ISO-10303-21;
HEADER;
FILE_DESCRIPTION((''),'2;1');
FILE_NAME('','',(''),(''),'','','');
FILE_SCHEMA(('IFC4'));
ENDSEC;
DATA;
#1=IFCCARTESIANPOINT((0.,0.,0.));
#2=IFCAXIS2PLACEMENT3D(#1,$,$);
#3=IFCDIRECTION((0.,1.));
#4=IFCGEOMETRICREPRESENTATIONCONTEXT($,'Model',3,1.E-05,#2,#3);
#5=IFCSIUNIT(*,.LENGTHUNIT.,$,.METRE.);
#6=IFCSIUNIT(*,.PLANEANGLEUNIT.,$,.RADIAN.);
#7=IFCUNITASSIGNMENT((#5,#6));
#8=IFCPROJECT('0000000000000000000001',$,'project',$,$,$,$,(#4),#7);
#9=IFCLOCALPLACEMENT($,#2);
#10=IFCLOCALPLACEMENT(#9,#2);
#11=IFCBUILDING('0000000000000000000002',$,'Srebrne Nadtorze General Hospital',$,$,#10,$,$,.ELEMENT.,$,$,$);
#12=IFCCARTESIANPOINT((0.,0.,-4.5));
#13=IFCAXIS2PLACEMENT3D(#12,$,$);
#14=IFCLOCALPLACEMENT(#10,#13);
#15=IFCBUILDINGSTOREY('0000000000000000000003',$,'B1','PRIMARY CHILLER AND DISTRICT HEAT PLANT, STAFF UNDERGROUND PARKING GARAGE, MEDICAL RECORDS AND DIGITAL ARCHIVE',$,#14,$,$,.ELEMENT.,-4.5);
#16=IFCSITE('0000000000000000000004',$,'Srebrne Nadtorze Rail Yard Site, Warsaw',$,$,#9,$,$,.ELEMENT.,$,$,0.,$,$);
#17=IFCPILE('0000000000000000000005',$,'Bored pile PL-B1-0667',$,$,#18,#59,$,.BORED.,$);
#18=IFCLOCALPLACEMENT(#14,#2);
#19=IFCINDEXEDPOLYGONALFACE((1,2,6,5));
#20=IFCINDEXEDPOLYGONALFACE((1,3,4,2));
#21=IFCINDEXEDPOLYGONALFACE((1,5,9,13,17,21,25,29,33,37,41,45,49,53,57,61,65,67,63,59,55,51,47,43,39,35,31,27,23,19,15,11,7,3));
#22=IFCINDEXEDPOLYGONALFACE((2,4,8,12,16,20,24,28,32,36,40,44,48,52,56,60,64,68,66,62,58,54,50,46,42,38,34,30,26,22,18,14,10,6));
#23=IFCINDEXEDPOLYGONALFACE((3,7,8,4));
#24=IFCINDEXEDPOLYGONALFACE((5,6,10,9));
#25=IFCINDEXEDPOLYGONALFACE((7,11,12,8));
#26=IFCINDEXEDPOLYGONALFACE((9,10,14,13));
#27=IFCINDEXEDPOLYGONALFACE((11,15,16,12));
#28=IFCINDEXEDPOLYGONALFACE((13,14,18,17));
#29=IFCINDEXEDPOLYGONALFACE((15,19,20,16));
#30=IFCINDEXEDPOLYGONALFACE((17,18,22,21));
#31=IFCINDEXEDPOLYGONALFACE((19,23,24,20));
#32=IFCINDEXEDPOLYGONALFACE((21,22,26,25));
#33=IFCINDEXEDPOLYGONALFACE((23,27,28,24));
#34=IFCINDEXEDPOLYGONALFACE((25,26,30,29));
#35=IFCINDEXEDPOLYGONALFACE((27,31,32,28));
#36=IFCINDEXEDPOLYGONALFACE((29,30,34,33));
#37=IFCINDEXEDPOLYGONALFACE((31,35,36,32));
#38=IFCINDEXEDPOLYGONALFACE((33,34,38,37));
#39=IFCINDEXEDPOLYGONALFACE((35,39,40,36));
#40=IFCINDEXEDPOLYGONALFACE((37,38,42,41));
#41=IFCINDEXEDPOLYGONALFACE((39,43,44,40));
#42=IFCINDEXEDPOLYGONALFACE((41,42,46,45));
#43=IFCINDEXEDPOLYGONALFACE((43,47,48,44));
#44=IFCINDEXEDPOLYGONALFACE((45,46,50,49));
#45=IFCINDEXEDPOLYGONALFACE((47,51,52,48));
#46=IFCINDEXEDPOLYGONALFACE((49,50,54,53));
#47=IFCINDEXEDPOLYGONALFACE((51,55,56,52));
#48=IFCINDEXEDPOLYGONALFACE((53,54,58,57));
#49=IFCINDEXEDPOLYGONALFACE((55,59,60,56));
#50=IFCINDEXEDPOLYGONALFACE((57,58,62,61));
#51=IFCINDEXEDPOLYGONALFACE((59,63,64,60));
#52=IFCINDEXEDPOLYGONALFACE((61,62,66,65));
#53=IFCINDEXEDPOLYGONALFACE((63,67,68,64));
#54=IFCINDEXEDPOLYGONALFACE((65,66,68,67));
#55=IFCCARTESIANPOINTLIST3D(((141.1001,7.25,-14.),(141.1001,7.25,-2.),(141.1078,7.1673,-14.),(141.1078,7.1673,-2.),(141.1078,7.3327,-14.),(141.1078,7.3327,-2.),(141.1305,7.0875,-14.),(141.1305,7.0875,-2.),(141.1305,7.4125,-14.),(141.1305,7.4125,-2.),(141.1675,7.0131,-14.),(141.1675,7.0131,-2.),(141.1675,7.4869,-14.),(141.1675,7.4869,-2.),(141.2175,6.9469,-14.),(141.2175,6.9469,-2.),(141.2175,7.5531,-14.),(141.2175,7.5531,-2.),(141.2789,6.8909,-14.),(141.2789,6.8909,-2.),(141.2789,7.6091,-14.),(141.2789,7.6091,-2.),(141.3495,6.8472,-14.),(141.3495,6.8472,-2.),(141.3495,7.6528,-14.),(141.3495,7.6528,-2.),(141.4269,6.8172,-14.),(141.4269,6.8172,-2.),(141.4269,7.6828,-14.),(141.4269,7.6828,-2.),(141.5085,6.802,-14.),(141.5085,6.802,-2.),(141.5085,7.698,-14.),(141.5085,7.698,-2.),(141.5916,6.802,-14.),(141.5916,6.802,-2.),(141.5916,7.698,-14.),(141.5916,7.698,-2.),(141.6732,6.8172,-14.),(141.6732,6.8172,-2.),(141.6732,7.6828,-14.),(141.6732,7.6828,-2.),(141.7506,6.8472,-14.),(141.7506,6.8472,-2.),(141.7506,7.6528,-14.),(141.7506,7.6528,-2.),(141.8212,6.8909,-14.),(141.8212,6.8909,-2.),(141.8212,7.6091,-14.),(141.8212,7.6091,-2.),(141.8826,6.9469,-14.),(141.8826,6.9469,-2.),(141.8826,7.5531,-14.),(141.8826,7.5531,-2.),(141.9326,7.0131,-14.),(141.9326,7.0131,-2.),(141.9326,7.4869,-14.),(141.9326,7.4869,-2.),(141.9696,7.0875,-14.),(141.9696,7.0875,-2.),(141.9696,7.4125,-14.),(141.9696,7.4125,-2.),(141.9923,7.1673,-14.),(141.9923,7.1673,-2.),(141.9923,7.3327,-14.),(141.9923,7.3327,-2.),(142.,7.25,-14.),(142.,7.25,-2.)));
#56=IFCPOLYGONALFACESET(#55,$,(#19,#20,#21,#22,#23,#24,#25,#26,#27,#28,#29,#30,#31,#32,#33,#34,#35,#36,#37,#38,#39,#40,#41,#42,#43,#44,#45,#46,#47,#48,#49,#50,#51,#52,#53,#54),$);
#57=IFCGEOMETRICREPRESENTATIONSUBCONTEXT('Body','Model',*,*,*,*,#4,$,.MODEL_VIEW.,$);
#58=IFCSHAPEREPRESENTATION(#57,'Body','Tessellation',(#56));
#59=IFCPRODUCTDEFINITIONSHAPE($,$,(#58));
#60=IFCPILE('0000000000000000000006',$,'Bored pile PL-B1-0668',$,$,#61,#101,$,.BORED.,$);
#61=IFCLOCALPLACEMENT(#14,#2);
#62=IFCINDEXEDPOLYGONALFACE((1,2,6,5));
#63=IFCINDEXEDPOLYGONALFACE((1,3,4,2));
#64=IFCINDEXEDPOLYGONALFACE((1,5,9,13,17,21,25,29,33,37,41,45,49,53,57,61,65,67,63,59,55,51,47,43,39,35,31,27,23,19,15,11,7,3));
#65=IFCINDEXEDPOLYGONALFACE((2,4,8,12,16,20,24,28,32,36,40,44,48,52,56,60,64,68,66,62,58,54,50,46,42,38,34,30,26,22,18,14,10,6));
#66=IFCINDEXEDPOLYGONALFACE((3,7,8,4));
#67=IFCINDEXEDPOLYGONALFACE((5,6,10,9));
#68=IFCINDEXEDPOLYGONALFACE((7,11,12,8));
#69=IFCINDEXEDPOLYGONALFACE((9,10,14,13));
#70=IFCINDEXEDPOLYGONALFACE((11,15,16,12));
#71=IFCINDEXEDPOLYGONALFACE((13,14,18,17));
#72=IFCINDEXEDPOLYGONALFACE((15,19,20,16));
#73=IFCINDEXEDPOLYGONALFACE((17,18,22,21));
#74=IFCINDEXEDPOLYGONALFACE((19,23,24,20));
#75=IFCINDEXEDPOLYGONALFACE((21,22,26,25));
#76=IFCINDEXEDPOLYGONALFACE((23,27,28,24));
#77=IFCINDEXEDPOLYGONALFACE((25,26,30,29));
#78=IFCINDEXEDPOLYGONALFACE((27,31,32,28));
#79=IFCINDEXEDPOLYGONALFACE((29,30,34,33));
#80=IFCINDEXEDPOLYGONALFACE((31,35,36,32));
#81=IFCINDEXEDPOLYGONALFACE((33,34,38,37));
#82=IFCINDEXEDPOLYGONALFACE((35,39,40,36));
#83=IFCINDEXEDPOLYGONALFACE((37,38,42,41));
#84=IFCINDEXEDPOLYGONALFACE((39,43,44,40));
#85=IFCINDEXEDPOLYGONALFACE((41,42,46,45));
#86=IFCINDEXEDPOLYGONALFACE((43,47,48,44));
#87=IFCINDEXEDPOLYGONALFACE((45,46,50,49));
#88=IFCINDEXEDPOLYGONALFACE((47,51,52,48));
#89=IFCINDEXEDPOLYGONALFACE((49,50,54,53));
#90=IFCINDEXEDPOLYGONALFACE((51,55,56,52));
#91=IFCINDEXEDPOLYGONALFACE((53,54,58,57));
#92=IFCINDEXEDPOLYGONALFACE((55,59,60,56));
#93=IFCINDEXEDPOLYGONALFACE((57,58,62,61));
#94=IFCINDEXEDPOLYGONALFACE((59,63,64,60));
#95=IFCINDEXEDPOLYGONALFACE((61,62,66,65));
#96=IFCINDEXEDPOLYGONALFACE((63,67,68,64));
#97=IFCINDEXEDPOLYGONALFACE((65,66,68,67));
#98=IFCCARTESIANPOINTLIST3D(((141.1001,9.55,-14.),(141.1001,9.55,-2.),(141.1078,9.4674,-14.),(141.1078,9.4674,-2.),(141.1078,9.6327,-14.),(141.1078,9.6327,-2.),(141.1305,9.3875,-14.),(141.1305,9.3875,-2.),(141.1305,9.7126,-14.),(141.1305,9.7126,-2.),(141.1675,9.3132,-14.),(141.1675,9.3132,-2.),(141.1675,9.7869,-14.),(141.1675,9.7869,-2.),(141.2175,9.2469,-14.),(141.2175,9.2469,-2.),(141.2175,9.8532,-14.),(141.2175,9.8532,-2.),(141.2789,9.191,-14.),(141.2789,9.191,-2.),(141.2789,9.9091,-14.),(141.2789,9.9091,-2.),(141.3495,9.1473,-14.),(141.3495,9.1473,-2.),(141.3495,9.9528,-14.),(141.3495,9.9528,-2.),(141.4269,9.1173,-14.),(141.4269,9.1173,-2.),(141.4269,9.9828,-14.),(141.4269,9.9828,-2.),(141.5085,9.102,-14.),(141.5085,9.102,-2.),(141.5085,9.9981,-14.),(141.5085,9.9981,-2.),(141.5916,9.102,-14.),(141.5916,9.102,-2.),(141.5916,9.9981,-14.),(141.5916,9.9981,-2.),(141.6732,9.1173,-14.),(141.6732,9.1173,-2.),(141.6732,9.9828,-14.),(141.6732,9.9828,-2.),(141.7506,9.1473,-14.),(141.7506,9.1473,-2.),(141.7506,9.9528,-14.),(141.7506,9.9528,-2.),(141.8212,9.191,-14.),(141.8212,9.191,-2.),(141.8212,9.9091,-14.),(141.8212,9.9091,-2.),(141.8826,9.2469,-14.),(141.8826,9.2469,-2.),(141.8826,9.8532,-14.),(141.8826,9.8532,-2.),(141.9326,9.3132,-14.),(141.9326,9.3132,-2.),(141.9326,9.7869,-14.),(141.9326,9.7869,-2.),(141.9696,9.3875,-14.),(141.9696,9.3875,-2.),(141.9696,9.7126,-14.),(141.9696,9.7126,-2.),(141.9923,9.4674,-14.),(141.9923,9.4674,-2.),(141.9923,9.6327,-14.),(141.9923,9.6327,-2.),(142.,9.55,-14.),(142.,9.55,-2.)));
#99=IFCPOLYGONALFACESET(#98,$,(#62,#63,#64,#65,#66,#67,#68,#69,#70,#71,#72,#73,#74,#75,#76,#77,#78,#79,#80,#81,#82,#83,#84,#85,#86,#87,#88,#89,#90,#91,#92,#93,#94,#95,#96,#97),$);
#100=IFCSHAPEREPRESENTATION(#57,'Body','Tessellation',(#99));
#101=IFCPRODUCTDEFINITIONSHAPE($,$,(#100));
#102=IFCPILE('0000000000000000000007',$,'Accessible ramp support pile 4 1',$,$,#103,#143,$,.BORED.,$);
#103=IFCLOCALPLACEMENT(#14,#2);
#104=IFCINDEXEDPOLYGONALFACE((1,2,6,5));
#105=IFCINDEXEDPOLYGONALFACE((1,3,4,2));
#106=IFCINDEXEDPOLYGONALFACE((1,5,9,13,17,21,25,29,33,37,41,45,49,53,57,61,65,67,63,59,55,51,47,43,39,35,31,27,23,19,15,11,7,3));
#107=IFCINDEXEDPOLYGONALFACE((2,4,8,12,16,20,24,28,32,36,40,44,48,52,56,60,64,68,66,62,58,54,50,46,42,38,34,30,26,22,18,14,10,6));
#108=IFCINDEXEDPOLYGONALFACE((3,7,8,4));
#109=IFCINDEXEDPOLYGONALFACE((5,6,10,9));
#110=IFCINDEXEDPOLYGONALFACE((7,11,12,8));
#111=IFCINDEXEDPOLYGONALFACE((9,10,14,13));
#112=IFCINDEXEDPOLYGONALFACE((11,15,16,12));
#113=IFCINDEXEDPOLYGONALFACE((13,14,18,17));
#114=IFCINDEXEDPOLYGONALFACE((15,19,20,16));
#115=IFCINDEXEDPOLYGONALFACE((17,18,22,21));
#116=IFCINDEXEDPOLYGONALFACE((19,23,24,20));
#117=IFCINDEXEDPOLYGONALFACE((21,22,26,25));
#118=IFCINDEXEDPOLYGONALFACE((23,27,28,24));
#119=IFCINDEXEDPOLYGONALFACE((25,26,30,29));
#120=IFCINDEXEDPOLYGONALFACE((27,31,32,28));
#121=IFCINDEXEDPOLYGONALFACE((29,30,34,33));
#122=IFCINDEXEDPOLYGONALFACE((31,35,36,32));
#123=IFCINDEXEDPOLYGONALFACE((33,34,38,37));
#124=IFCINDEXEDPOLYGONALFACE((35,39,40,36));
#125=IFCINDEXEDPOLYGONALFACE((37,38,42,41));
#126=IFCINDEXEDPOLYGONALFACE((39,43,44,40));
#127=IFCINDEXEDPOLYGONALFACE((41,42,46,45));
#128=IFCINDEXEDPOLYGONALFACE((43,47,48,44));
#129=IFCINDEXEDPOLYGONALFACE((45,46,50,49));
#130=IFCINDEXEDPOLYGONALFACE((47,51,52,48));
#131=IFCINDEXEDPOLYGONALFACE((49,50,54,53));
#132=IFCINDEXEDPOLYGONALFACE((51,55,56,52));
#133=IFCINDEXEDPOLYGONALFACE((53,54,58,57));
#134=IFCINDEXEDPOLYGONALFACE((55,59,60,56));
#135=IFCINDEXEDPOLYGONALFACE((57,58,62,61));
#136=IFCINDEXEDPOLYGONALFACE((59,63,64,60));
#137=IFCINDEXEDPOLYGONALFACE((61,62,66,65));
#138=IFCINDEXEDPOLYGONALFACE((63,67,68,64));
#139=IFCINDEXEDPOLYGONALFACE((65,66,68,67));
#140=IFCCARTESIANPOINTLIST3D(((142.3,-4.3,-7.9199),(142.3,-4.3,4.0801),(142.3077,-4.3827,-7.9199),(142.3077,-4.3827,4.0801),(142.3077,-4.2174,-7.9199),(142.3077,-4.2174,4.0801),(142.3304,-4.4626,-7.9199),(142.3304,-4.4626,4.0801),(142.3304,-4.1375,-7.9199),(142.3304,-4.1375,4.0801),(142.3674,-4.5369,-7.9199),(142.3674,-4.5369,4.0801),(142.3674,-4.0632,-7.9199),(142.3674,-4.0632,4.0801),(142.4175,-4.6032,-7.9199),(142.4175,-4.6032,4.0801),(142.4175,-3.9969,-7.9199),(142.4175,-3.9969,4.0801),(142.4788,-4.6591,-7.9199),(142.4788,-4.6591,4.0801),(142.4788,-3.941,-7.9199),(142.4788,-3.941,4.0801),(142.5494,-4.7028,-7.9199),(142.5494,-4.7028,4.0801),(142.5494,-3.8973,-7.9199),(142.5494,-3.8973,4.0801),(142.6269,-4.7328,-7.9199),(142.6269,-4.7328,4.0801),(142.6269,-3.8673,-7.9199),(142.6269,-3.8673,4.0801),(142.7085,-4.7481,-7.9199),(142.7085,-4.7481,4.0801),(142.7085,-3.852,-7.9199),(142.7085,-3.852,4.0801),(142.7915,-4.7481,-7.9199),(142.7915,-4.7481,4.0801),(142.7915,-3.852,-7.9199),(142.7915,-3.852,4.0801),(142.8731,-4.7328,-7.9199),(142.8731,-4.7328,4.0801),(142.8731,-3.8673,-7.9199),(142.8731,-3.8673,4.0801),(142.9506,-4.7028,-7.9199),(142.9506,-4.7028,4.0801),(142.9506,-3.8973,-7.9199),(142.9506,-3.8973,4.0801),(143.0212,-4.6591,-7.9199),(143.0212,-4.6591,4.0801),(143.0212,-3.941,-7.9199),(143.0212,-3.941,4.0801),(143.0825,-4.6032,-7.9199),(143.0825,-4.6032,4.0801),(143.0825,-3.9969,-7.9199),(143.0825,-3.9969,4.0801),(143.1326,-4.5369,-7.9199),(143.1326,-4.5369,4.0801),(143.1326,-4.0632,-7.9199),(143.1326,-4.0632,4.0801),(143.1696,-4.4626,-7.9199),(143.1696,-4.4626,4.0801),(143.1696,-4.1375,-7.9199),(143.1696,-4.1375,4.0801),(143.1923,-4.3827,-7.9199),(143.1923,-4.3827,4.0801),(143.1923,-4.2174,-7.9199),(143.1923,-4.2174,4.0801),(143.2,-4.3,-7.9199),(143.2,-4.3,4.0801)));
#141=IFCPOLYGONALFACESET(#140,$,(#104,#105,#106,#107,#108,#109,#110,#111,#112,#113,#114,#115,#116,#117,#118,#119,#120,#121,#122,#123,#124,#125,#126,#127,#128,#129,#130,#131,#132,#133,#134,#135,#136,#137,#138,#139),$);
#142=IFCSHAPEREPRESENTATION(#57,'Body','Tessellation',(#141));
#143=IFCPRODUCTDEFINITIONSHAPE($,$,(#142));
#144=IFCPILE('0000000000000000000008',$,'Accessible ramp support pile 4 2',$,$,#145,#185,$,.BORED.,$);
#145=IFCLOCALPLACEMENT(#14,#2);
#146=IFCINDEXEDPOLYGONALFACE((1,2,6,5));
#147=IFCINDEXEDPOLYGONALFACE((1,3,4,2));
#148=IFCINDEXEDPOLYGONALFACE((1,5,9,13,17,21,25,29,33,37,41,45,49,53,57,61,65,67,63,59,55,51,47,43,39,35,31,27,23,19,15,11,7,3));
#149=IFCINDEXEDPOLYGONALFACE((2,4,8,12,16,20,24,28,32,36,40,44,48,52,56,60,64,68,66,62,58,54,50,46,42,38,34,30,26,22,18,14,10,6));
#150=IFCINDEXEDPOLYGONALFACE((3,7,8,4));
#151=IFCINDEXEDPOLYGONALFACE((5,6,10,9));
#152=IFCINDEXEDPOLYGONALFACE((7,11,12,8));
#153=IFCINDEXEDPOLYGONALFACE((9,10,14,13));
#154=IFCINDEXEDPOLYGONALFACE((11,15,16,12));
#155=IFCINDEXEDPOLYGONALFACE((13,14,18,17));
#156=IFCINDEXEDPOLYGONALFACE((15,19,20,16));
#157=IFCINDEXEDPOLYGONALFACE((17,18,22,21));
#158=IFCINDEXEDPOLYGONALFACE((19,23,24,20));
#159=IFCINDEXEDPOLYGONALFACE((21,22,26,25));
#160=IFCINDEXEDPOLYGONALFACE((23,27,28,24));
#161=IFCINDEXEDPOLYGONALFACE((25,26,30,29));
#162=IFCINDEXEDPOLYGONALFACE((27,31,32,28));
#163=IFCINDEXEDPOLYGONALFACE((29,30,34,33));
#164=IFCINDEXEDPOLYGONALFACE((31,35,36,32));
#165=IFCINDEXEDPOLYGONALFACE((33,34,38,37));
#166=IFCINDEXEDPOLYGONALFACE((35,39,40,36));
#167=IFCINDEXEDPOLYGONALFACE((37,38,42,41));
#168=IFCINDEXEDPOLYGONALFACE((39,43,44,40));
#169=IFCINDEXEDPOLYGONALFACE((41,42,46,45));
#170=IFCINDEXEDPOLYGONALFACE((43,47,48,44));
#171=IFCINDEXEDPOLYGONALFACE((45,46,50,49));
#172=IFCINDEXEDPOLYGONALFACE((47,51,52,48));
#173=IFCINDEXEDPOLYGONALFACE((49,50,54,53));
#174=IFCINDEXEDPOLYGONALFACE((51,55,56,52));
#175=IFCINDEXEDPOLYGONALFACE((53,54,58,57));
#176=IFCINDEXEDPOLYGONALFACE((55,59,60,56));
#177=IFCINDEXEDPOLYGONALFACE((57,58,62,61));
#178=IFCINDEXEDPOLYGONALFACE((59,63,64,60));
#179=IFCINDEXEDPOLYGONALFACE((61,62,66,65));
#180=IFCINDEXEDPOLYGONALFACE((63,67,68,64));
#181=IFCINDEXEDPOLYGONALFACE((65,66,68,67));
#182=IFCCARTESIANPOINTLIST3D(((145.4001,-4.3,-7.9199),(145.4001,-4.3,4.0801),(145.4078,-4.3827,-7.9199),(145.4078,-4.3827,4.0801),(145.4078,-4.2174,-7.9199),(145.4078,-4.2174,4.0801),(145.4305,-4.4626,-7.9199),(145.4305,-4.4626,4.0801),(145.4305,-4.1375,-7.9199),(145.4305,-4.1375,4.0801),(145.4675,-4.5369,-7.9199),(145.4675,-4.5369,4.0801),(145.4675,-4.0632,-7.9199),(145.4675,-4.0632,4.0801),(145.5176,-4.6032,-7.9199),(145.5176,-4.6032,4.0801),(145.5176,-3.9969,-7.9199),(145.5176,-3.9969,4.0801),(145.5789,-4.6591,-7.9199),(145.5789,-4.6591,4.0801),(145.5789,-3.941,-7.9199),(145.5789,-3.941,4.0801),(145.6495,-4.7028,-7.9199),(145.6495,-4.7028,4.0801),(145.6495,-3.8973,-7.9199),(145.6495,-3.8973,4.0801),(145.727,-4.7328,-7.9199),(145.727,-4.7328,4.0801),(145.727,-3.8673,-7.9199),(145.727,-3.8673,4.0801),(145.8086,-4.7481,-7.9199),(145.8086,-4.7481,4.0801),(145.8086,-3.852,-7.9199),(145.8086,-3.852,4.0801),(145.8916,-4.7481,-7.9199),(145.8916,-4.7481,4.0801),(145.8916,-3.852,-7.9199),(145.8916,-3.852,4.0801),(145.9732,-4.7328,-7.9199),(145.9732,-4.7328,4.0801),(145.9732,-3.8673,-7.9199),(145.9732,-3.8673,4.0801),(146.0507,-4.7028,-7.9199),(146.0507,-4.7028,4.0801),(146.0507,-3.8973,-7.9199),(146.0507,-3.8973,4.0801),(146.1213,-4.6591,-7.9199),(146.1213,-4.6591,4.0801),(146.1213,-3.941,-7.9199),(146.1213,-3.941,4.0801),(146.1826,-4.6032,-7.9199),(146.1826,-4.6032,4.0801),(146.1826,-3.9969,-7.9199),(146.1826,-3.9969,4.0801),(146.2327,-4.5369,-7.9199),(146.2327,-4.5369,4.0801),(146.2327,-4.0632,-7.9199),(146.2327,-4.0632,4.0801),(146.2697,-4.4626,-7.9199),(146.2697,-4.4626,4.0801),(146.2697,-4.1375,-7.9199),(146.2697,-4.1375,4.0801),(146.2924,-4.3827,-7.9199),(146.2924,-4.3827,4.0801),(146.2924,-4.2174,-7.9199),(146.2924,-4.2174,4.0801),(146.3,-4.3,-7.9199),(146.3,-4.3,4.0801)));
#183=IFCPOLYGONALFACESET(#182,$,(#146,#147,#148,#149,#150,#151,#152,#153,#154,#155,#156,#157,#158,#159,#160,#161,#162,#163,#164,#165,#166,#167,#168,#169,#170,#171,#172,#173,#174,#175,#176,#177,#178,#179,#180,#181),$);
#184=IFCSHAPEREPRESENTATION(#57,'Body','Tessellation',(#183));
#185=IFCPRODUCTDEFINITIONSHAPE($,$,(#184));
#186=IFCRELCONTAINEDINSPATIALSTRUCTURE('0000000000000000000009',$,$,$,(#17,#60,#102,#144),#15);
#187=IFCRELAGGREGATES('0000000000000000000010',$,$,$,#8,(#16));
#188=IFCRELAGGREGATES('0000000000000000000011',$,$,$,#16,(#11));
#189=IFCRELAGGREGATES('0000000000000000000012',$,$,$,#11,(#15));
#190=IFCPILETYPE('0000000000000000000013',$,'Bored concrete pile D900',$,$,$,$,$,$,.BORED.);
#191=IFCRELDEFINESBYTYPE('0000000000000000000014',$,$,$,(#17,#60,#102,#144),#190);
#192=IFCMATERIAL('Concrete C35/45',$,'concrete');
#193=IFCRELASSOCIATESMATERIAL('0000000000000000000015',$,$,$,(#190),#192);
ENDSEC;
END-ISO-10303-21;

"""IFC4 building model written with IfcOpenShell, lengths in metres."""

from ifc_helpers import new_model, si_unit, direction, frame, origin, origin_2d, place, context, subcontext, project, spatial, circle, extrude, material, material_profile, profile_set, type_object, element, save


model = new_model("IFC4")

# Units and contexts
model_context = context("Model", 3, precision=1e-05, world=origin(), true_north=direction((0.0, 1.0)))
body_context = subcontext(model_context, "Body", "Model", "MODEL_VIEW")
ifc_project = project(units=[si_unit("LENGTHUNIT", "METRE"), si_unit("PLANEANGLEUNIT", "RADIAN")], contexts=[model_context])

# Site, building, storey
site_placement = place(None, origin())
site = spatial("IfcSite", under=ifc_project, at=site_placement, Name="Srebrne Nadtorze Rail Yard Site, Warsaw", CompositionType="ELEMENT", RefElevation=0.0)
building_placement = place(site_placement, origin())
building = spatial("IfcBuilding", under=site, at=building_placement, Name="Srebrne Nadtorze General Hospital", CompositionType="ELEMENT")
storey_placement = place(building_placement, frame((0.0, 0.0, -4.5)))
storey = spatial("IfcBuildingStorey", under=building, at=storey_placement, Name="B1", Description="PRIMARY CHILLER AND DISTRICT HEAT PLANT, STAFF UNDERGROUND PARKING GARAGE, MEDICAL RECORDS AND DIGITAL ARCHIVE", CompositionType="ELEMENT", Elevation=-4.5)

# Piles
ifc_material_1 = material(Name="Concrete C35/45", Category="concrete")
ifc_material_profile_1 = material_profile(ifc_material_1, circle(Radius=0.45, at=origin_2d()), Name="PILE-D900")
ifc_profile_set_1 = profile_set([ifc_material_profile_1], Name="Concrete C35/45")
pile_type_1 = type_object("IfcPileType", Name="Bored concrete pile D900", PredefinedType="BORED", material=ifc_profile_set_1)
for number, where, z_axis, x_axis, name in (
    (1, (141.55, 7.25, -2.0), (0.0, 0.0, -1.0), (1.0, 0.0, 0.0), "Bored pile PL-B1-0667"),
    (2, (141.55, 9.55, -2.0), (0.0, 0.0, -1.0), (1.0, 0.0, 0.0), "Bored pile PL-B1-0668"),
    (3, (142.75, -4.3, 4.0801), (0.0, 0.0, -1.0), (1.0, 0.0, 0.0), "Accessible ramp support pile 4 1"),
    (4, (145.8501, -4.3, 4.0801), (0.0, 0.0, -1.0), (1.0, 0.0, 0.0), "Accessible ramp support pile 4 2"),
):
    element("IfcPile", number, at=place(storey_placement, frame(where, z_axis=z_axis, x_axis=x_axis)), inside=storey, type_object=pile_type_1, Name=name, PredefinedType="BORED", context=body_context, shape_type="SweptSolid", body=[
        extrude(circle(Radius=0.45, at=origin_2d()), origin(), (0.0, 0.0, 1.0), 12.0),
    ])

save(model, "model.ifc")
